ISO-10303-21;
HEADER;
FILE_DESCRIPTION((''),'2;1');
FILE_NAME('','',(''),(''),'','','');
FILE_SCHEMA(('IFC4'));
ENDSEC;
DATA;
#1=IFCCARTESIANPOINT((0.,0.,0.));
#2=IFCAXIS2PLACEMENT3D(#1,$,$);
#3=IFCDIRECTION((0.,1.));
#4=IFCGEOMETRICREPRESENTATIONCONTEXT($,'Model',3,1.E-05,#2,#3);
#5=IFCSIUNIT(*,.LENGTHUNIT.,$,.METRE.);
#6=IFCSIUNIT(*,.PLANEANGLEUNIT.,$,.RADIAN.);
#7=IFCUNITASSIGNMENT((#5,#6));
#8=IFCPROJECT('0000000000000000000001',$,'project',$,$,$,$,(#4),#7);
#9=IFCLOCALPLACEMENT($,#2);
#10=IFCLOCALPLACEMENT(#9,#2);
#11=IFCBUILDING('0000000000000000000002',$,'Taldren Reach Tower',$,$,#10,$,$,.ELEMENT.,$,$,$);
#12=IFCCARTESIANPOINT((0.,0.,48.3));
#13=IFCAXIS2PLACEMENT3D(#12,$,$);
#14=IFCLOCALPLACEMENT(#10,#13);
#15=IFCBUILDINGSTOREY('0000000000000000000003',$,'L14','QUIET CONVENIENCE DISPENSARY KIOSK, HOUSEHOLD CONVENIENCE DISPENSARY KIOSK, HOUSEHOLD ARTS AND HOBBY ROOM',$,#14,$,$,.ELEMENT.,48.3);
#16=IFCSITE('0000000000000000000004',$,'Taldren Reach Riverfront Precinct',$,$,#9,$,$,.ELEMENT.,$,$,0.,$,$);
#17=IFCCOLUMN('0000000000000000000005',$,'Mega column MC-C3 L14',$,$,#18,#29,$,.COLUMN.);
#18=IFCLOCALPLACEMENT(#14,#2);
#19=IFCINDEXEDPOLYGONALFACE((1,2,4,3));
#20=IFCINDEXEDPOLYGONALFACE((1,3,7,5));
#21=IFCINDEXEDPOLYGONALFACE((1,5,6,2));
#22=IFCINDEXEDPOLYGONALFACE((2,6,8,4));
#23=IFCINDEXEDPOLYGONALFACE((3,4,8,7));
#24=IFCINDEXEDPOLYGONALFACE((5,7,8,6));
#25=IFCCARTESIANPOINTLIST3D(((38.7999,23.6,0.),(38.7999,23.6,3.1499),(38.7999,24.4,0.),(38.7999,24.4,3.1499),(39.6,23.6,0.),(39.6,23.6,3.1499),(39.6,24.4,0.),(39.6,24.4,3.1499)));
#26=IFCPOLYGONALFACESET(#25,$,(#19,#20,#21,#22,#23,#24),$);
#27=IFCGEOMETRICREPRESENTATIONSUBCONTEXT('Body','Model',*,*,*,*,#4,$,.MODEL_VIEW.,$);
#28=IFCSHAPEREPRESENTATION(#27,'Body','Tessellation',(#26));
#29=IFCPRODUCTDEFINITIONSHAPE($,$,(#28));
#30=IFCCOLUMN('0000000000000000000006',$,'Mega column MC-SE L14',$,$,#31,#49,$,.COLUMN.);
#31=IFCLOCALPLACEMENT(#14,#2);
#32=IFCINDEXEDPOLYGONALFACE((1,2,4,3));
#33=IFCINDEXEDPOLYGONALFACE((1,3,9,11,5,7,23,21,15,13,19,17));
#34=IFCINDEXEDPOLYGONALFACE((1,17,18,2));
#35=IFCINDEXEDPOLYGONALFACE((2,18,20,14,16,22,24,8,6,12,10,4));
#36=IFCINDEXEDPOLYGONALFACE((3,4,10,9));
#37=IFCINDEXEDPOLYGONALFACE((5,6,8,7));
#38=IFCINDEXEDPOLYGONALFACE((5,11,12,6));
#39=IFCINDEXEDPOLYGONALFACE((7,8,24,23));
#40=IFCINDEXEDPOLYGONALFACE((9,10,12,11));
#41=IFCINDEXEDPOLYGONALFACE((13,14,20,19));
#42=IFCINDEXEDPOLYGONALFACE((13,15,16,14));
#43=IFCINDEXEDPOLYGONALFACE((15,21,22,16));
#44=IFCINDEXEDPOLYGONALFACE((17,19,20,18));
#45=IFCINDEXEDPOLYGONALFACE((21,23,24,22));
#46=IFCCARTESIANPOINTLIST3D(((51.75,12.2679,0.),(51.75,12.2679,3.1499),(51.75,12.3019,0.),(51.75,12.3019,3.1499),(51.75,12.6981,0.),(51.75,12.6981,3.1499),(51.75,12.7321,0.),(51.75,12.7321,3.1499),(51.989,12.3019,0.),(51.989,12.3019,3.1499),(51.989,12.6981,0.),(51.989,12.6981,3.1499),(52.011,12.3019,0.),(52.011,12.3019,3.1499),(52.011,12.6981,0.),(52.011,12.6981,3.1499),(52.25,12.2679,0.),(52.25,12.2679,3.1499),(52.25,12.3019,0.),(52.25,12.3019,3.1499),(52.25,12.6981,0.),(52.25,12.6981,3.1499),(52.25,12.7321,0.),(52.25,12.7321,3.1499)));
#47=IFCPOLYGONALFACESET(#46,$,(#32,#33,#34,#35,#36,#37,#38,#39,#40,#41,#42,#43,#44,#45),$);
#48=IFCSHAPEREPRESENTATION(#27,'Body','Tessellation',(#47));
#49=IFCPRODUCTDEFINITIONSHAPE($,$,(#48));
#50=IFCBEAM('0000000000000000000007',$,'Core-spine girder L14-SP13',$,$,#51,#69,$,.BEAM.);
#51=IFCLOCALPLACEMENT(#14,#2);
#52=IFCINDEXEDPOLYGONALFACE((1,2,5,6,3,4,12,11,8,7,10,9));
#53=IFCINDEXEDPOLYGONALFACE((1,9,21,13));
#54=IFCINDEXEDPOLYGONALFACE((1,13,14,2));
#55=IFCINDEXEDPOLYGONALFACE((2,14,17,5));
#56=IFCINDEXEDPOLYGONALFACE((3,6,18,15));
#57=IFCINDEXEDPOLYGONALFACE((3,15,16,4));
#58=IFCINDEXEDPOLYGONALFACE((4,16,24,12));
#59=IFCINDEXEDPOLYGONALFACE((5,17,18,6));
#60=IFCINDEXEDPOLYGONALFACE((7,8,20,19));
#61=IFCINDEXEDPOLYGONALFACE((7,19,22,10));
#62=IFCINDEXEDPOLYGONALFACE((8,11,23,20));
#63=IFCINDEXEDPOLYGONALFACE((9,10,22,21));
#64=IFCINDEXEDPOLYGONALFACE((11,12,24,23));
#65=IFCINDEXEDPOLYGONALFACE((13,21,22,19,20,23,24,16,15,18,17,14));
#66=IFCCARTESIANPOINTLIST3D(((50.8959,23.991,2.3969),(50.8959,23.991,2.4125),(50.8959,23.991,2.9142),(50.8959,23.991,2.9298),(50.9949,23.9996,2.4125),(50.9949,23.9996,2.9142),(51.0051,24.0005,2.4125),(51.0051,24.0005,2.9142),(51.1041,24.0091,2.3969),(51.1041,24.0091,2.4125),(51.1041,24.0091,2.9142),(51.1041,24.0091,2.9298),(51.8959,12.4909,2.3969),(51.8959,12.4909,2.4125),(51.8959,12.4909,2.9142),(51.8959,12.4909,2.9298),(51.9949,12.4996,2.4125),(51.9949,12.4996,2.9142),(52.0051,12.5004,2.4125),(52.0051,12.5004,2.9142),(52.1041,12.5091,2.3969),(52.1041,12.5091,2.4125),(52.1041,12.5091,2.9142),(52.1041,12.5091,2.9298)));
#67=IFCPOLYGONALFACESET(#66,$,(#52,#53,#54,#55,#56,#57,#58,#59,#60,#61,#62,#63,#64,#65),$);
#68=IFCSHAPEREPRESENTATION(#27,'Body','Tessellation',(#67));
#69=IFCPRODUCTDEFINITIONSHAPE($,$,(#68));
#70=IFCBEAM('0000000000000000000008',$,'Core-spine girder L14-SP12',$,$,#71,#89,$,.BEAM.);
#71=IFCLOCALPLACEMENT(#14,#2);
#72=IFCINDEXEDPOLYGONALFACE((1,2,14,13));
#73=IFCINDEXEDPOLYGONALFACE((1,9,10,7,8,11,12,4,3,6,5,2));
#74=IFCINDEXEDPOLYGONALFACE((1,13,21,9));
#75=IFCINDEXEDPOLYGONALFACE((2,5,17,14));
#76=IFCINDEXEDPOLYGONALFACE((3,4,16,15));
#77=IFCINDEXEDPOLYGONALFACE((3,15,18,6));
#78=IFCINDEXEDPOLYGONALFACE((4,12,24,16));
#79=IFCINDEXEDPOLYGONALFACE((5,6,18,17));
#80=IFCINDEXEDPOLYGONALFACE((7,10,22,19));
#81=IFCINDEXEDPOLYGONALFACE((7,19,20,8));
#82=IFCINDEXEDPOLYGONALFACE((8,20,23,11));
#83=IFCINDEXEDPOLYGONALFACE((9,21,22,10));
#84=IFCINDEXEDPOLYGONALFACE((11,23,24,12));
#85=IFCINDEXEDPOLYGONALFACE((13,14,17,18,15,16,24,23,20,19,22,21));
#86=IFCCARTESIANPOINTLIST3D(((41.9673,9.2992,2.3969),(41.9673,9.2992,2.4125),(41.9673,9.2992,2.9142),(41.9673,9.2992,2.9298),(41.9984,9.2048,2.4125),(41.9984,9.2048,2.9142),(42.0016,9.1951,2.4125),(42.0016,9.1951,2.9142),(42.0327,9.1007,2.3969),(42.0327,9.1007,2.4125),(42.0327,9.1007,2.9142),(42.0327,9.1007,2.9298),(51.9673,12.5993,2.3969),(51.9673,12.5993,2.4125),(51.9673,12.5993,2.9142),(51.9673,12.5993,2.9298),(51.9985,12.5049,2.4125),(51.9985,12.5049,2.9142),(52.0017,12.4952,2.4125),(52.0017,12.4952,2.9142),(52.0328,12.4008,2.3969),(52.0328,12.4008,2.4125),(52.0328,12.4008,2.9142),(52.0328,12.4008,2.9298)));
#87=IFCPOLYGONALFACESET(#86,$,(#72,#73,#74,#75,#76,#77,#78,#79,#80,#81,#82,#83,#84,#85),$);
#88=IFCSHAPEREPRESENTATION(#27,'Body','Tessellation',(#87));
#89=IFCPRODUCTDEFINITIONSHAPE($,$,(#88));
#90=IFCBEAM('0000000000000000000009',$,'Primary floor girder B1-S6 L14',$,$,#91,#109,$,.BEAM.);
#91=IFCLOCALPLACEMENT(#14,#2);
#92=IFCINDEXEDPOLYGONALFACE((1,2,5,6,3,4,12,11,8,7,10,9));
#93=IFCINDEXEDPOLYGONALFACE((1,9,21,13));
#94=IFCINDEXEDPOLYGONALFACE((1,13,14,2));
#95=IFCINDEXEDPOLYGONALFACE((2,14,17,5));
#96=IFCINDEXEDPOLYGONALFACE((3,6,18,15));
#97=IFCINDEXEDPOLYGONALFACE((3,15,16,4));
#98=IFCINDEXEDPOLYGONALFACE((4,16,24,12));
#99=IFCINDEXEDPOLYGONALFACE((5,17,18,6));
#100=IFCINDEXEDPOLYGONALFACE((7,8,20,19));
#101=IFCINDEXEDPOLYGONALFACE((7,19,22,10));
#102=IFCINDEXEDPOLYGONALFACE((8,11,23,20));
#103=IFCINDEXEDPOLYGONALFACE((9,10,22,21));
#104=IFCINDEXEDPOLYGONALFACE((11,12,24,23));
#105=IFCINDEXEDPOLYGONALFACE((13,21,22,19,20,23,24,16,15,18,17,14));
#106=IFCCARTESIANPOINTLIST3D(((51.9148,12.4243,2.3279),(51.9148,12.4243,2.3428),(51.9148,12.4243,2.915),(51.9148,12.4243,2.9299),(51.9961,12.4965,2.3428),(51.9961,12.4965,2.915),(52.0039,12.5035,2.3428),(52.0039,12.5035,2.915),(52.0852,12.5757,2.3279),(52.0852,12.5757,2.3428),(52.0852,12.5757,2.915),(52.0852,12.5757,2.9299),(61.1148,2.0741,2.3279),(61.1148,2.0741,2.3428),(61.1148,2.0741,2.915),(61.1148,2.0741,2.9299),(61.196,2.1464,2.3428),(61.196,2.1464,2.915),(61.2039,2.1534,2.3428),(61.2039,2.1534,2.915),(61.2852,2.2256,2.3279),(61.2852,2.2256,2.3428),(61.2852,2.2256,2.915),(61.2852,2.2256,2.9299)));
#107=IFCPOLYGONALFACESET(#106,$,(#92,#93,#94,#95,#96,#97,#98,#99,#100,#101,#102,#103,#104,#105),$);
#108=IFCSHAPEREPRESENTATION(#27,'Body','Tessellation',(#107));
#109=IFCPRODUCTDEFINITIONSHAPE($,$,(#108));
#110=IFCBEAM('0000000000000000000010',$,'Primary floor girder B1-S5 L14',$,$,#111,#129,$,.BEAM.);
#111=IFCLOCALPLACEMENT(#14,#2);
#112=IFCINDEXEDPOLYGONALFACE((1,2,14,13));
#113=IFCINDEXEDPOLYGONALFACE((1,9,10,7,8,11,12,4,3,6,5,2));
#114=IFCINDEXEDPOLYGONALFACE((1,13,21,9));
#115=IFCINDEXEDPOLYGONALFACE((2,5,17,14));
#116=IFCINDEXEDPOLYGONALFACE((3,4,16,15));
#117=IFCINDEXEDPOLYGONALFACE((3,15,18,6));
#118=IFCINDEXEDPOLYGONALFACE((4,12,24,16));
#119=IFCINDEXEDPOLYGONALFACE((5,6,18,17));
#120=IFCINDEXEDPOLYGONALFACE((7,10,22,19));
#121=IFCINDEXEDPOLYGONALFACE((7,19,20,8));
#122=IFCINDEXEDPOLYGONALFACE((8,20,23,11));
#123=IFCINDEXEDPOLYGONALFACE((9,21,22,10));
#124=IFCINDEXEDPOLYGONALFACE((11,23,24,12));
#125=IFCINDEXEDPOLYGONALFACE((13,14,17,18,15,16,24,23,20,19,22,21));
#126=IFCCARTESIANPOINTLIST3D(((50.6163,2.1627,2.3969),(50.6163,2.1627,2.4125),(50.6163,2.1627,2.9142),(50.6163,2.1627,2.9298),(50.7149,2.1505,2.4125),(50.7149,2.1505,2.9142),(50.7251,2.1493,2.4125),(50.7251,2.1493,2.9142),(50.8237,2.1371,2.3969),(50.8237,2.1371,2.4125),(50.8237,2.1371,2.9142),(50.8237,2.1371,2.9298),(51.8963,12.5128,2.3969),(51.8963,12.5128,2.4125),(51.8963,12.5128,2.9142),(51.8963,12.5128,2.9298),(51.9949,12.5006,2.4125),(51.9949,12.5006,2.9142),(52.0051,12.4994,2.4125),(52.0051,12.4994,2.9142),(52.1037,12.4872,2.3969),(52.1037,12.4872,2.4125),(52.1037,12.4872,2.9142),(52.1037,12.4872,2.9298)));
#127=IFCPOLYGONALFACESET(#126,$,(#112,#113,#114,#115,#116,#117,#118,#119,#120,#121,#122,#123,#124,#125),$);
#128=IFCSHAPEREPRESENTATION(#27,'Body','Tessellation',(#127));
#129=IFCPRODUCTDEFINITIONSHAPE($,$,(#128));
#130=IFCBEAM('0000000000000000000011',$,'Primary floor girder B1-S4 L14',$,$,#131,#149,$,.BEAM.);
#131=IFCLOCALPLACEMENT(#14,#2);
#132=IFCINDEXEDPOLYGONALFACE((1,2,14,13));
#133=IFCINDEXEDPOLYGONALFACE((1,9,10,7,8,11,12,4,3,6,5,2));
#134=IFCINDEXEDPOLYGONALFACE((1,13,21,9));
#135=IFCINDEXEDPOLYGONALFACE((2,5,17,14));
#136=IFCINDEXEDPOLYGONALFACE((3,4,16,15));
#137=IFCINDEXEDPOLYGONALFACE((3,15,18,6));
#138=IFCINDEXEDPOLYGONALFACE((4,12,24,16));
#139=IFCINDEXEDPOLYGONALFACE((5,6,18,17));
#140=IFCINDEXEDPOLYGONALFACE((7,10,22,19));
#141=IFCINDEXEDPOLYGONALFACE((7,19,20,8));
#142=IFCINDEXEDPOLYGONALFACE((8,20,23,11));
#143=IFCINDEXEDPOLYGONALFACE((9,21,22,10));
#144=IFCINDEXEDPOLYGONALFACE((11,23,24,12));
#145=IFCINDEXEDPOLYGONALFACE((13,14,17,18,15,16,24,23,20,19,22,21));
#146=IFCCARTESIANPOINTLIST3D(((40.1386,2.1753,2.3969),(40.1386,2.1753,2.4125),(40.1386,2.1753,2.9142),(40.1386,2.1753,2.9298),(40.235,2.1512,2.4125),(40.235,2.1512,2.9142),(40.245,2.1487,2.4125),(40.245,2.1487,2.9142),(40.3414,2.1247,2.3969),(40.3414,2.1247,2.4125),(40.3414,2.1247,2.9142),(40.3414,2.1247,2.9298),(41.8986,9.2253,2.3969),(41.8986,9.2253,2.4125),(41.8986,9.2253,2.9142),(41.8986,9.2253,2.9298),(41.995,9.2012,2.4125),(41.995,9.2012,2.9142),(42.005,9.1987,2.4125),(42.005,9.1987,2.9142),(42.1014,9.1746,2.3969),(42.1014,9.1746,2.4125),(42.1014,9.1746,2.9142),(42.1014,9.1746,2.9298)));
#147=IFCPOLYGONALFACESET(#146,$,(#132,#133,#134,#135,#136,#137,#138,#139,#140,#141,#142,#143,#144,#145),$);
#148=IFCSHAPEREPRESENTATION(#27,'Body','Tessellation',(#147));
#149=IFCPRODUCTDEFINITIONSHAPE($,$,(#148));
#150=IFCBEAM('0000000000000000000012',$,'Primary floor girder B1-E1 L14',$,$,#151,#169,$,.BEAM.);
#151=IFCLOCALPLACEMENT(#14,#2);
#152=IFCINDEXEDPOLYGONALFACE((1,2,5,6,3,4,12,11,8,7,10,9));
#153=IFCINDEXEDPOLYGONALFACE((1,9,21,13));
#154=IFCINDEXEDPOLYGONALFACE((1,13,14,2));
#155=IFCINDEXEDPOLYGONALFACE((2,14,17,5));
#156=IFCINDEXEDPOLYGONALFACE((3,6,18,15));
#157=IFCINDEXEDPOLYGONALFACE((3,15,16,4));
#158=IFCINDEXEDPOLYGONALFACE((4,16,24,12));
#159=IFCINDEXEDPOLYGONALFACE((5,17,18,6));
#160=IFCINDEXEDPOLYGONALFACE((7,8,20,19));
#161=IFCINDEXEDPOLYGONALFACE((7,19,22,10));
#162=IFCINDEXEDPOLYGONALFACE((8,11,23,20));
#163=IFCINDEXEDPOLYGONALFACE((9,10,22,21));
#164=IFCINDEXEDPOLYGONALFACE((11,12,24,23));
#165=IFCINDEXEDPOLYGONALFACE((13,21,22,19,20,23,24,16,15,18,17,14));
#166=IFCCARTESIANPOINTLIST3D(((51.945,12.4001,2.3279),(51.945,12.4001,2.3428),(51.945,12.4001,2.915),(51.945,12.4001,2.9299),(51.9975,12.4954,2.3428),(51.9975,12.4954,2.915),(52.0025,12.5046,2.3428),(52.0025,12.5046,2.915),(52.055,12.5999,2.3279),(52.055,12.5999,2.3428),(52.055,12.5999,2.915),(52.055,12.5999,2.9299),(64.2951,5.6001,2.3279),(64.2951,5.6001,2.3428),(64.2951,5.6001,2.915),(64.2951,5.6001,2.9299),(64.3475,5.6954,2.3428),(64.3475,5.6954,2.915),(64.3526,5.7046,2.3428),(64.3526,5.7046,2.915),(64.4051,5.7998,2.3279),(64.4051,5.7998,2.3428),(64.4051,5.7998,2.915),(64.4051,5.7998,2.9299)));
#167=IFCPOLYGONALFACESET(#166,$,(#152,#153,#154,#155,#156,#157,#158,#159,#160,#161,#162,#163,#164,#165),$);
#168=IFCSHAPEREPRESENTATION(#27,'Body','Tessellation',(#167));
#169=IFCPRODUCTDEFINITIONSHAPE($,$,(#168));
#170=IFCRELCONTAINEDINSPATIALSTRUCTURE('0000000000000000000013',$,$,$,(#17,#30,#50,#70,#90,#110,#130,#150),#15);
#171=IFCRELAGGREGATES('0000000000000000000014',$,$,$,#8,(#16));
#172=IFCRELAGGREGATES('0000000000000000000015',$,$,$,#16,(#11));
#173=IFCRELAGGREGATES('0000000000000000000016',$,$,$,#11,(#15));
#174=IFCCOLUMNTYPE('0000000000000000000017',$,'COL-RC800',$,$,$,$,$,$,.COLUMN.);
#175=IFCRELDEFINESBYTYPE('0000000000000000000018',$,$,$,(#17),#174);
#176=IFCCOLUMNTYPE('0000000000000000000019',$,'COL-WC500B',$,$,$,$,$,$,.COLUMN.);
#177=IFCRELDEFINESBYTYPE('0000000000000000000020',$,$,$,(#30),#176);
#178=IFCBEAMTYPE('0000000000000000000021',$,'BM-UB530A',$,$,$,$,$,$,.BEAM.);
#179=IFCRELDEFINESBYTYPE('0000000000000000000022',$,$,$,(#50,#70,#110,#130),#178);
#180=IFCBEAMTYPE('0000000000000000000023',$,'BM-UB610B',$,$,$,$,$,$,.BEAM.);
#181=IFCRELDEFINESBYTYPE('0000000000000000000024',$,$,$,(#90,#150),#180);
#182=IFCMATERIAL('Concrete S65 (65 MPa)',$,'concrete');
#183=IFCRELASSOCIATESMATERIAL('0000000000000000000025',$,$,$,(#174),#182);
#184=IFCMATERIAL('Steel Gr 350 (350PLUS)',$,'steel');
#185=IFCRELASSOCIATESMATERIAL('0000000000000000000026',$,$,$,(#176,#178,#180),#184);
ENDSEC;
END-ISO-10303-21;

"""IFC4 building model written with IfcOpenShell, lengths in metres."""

from ifc_helpers import new_model, si_unit, direction, frame, origin, origin_2d, place, context, subcontext, project, spatial, rectangle, i_section, extrude, source, transform, mapped, material, material_profile, profile_set, type_object, element, save


model = new_model("IFC4")

# Units and contexts
model_context = context("Model", 3, precision=1e-05, world=origin(), true_north=direction((0.0, 1.0)))
body_context = subcontext(model_context, "Body", "Model", "MODEL_VIEW")
ifc_project = project(units=[si_unit("LENGTHUNIT", "METRE"), si_unit("PLANEANGLEUNIT", "RADIAN")], contexts=[model_context])

# Site, building, storey
site_placement = place(None, origin())
site = spatial("IfcSite", under=ifc_project, at=site_placement, Name="Taldren Reach Riverfront Precinct", CompositionType="ELEMENT", RefElevation=0.0)
building_placement = place(site_placement, origin())
building = spatial("IfcBuilding", under=site, at=building_placement, Name="Taldren Reach Tower", CompositionType="ELEMENT")
storey_placement = place(building_placement, frame((0.0, 0.0, 48.3)))
storey = spatial("IfcBuildingStorey", under=building, at=storey_placement, Name="L14", Description="QUIET CONVENIENCE DISPENSARY KIOSK, HOUSEHOLD CONVENIENCE DISPENSARY KIOSK, HOUSEHOLD ARTS AND HOBBY ROOM", CompositionType="ELEMENT", Elevation=48.3)

# Columns
ifc_material_1 = material(Name="Concrete S65 (65 MPa)", Category="concrete")
ifc_material_profile_1 = material_profile(ifc_material_1, rectangle(XDim=0.8, YDim=0.8, at=origin_2d()), Name="RC-800x800")
ifc_profile_set_1 = profile_set([ifc_material_profile_1], Name="Concrete S65 (65 MPa)")
column_type_1 = type_object("IfcColumnType", Name="COL-RC800", PredefinedType="COLUMN", material=ifc_profile_set_1)
shared_shape_1 = source(origin(), body_context, "Body", "SweptSolid", [
    extrude(rectangle(XDim=0.8, YDim=0.8, at=origin_2d()), origin(), (0.0, 0.0, 1.0), 3.1499),
])
column_1_placement = place(storey_placement, frame((39.2, 24.0, 0.0), z_axis=(0.0, 0.0, 1.0), x_axis=(1.0, 0.0, 0.0)))
element("IfcColumn", 1, at=column_1_placement, inside=storey, type_object=column_type_1, Name="Mega column MC-C3 L14", PredefinedType="COLUMN", context=body_context, shape_type="MappedRepresentation", body=[
    mapped(shared_shape_1, transform((0.0, 0.0, 0.0), scale=1.0)),
])
ifc_material_2 = material(Name="Steel Gr 350 (350PLUS)", Category="steel")
ifc_material_profile_2 = material_profile(ifc_material_2, i_section(OverallWidth=0.5, OverallDepth=0.4641, WebThickness=0.022, FlangeThickness=0.0339, at=origin_2d()), Name="500WC340")
ifc_profile_set_2 = profile_set([ifc_material_profile_2], Name="Steel Gr 350 (350PLUS)")
column_type_2 = type_object("IfcColumnType", Name="COL-WC500B", PredefinedType="COLUMN", material=ifc_profile_set_2)
shared_shape_2 = source(origin(), body_context, "Body", "SweptSolid", [
    extrude(i_section(OverallWidth=0.5, OverallDepth=0.4641, WebThickness=0.022, FlangeThickness=0.0339, at=origin_2d()), origin(), (0.0, 0.0, 1.0), 3.1499),
])
column_2_placement = place(storey_placement, frame((52.0, 12.5, 0.0), z_axis=(0.0, 0.0, 1.0), x_axis=(1.0, 0.0, 0.0)))
element("IfcColumn", 2, at=column_2_placement, inside=storey, type_object=column_type_2, Name="Mega column MC-SE L14", PredefinedType="COLUMN", context=body_context, shape_type="MappedRepresentation", body=[
    mapped(shared_shape_2, transform((0.0, 0.0, 0.0), scale=1.0)),
])

# Beams
ifc_material_profile_3 = material_profile(ifc_material_2, i_section(OverallWidth=0.209, OverallDepth=0.533, WebThickness=0.0103, FlangeThickness=0.0156, at=origin_2d()), Name="530UB92.4")
ifc_profile_set_3 = profile_set([ifc_material_profile_3], Name="Steel Gr 350 (350PLUS)")
beam_type_1 = type_object("IfcBeamType", Name="BM-UB530A", PredefinedType="BEAM", material=ifc_profile_set_3)
shared_shape_3 = source(origin(), body_context, "Body", "SweptSolid", [
    extrude(i_section(OverallWidth=0.209, OverallDepth=0.533, WebThickness=0.0103, FlangeThickness=0.0156, at=origin_2d()), origin(), (0.0, 0.0, 1.0), 11.5435),
])
beam_1_placement = place(storey_placement, frame((52.0, 12.5, 2.6633), z_axis=(-0.08663, 0.996241, 0.0), x_axis=(-0.996241, -0.08663, 0.0)))
element("IfcBeam", 3, at=beam_1_placement, inside=storey, type_object=beam_type_1, Name="Core-spine girder L14-SP13", PredefinedType="BEAM", context=body_context, shape_type="MappedRepresentation", body=[
    mapped(shared_shape_3, transform((0.0, 0.0, 0.0), scale=1.0)),
])
shared_shape_4 = source(origin(), body_context, "Body", "SweptSolid", [
    extrude(i_section(OverallWidth=0.209, OverallDepth=0.533, WebThickness=0.0103, FlangeThickness=0.0156, at=origin_2d()), origin(), (0.0, 0.0, 1.0), 10.5305),
])
beam_2_placement = place(storey_placement, frame((42.0, 9.2, 2.6633), z_axis=(0.949627, 0.313382, 0.0), x_axis=(-0.313382, 0.949627, 0.0)))
element("IfcBeam", 4, at=beam_2_placement, inside=storey, type_object=beam_type_1, Name="Core-spine girder L14-SP12", PredefinedType="BEAM", context=body_context, shape_type="MappedRepresentation", body=[
    mapped(shared_shape_4, transform((0.0, 0.0, 0.0), scale=1.0)),
])
ifc_material_profile_4 = material_profile(ifc_material_2, i_section(OverallWidth=0.228, OverallDepth=0.6021, WebThickness=0.0105, FlangeThickness=0.0149, at=origin_2d()), Name="610UB101")
ifc_profile_set_4 = profile_set([ifc_material_profile_4], Name="Steel Gr 350 (350PLUS)")
beam_type_2 = type_object("IfcBeamType", Name="BM-UB610B", PredefinedType="BEAM", material=ifc_profile_set_4)
shared_shape_5 = source(origin(), body_context, "Body", "SweptSolid", [
    extrude(i_section(OverallWidth=0.228, OverallDepth=0.6021, WebThickness=0.0105, FlangeThickness=0.0149, at=origin_2d()), origin(), (0.0, 0.0, 1.0), 13.8479),
])
beam_3_placement = place(storey_placement, frame((52.0, 12.5, 2.6289), z_axis=(0.664358, -0.747414, 0.0), x_axis=(0.747414, 0.664358, 0.0)))
element("IfcBeam", 5, at=beam_3_placement, inside=storey, type_object=beam_type_2, Name="Primary floor girder B1-S6 L14", PredefinedType="BEAM", context=body_context, shape_type="MappedRepresentation", body=[
    mapped(shared_shape_5, transform((0.0, 0.0, 0.0), scale=1.0)),
])
shared_shape_6 = source(origin(), body_context, "Body", "SweptSolid", [
    extrude(i_section(OverallWidth=0.209, OverallDepth=0.533, WebThickness=0.0103, FlangeThickness=0.0156, at=origin_2d()), origin(), (0.0, 0.0, 1.0), 10.429),
])
beam_4_placement = place(storey_placement, frame((52.0, 12.5, 2.6633), z_axis=(-0.122738, -0.992439, 0.0), x_axis=(0.992439, -0.122738, 0.0)))
element("IfcBeam", 6, at=beam_4_placement, inside=storey, type_object=beam_type_1, Name="Primary floor girder B1-S5 L14", PredefinedType="BEAM", context=body_context, shape_type="MappedRepresentation", body=[
    mapped(shared_shape_6, transform((0.0, 0.0, 0.0), scale=1.0)),
])
shared_shape_7 = source(origin(), body_context, "Body", "SweptSolid", [
    extrude(i_section(OverallWidth=0.209, OverallDepth=0.533, WebThickness=0.0103, FlangeThickness=0.0156, at=origin_2d()), origin(), (0.0, 0.0, 1.0), 7.2664),
])
beam_5_placement = place(storey_placement, frame((42.0, 9.2, 2.6633), z_axis=(-0.242211, -0.970223, 0.0), x_axis=(0.970223, -0.242211, 0.0)))
element("IfcBeam", 7, at=beam_5_placement, inside=storey, type_object=beam_type_1, Name="Primary floor girder B1-S4 L14", PredefinedType="BEAM", context=body_context, shape_type="MappedRepresentation", body=[
    mapped(shared_shape_7, transform((0.0, 0.0, 0.0), scale=1.0)),
])
shared_shape_8 = source(origin(), body_context, "Body", "SweptSolid", [
    extrude(i_section(OverallWidth=0.228, OverallDepth=0.6021, WebThickness=0.0105, FlangeThickness=0.0149, at=origin_2d()), origin(), (0.0, 0.0, 1.0), 14.0984),
])
beam_6_placement = place(storey_placement, frame((52.0, 12.5, 2.6289), z_axis=(0.875991, -0.482327, 0.0), x_axis=(0.482327, 0.875991, 0.0)))
element("IfcBeam", 8, at=beam_6_placement, inside=storey, type_object=beam_type_2, Name="Primary floor girder B1-E1 L14", PredefinedType="BEAM", context=body_context, shape_type="MappedRepresentation", body=[
    mapped(shared_shape_8, transform((0.0, 0.0, 0.0), scale=1.0)),
])

save(model, "model.ifc")
